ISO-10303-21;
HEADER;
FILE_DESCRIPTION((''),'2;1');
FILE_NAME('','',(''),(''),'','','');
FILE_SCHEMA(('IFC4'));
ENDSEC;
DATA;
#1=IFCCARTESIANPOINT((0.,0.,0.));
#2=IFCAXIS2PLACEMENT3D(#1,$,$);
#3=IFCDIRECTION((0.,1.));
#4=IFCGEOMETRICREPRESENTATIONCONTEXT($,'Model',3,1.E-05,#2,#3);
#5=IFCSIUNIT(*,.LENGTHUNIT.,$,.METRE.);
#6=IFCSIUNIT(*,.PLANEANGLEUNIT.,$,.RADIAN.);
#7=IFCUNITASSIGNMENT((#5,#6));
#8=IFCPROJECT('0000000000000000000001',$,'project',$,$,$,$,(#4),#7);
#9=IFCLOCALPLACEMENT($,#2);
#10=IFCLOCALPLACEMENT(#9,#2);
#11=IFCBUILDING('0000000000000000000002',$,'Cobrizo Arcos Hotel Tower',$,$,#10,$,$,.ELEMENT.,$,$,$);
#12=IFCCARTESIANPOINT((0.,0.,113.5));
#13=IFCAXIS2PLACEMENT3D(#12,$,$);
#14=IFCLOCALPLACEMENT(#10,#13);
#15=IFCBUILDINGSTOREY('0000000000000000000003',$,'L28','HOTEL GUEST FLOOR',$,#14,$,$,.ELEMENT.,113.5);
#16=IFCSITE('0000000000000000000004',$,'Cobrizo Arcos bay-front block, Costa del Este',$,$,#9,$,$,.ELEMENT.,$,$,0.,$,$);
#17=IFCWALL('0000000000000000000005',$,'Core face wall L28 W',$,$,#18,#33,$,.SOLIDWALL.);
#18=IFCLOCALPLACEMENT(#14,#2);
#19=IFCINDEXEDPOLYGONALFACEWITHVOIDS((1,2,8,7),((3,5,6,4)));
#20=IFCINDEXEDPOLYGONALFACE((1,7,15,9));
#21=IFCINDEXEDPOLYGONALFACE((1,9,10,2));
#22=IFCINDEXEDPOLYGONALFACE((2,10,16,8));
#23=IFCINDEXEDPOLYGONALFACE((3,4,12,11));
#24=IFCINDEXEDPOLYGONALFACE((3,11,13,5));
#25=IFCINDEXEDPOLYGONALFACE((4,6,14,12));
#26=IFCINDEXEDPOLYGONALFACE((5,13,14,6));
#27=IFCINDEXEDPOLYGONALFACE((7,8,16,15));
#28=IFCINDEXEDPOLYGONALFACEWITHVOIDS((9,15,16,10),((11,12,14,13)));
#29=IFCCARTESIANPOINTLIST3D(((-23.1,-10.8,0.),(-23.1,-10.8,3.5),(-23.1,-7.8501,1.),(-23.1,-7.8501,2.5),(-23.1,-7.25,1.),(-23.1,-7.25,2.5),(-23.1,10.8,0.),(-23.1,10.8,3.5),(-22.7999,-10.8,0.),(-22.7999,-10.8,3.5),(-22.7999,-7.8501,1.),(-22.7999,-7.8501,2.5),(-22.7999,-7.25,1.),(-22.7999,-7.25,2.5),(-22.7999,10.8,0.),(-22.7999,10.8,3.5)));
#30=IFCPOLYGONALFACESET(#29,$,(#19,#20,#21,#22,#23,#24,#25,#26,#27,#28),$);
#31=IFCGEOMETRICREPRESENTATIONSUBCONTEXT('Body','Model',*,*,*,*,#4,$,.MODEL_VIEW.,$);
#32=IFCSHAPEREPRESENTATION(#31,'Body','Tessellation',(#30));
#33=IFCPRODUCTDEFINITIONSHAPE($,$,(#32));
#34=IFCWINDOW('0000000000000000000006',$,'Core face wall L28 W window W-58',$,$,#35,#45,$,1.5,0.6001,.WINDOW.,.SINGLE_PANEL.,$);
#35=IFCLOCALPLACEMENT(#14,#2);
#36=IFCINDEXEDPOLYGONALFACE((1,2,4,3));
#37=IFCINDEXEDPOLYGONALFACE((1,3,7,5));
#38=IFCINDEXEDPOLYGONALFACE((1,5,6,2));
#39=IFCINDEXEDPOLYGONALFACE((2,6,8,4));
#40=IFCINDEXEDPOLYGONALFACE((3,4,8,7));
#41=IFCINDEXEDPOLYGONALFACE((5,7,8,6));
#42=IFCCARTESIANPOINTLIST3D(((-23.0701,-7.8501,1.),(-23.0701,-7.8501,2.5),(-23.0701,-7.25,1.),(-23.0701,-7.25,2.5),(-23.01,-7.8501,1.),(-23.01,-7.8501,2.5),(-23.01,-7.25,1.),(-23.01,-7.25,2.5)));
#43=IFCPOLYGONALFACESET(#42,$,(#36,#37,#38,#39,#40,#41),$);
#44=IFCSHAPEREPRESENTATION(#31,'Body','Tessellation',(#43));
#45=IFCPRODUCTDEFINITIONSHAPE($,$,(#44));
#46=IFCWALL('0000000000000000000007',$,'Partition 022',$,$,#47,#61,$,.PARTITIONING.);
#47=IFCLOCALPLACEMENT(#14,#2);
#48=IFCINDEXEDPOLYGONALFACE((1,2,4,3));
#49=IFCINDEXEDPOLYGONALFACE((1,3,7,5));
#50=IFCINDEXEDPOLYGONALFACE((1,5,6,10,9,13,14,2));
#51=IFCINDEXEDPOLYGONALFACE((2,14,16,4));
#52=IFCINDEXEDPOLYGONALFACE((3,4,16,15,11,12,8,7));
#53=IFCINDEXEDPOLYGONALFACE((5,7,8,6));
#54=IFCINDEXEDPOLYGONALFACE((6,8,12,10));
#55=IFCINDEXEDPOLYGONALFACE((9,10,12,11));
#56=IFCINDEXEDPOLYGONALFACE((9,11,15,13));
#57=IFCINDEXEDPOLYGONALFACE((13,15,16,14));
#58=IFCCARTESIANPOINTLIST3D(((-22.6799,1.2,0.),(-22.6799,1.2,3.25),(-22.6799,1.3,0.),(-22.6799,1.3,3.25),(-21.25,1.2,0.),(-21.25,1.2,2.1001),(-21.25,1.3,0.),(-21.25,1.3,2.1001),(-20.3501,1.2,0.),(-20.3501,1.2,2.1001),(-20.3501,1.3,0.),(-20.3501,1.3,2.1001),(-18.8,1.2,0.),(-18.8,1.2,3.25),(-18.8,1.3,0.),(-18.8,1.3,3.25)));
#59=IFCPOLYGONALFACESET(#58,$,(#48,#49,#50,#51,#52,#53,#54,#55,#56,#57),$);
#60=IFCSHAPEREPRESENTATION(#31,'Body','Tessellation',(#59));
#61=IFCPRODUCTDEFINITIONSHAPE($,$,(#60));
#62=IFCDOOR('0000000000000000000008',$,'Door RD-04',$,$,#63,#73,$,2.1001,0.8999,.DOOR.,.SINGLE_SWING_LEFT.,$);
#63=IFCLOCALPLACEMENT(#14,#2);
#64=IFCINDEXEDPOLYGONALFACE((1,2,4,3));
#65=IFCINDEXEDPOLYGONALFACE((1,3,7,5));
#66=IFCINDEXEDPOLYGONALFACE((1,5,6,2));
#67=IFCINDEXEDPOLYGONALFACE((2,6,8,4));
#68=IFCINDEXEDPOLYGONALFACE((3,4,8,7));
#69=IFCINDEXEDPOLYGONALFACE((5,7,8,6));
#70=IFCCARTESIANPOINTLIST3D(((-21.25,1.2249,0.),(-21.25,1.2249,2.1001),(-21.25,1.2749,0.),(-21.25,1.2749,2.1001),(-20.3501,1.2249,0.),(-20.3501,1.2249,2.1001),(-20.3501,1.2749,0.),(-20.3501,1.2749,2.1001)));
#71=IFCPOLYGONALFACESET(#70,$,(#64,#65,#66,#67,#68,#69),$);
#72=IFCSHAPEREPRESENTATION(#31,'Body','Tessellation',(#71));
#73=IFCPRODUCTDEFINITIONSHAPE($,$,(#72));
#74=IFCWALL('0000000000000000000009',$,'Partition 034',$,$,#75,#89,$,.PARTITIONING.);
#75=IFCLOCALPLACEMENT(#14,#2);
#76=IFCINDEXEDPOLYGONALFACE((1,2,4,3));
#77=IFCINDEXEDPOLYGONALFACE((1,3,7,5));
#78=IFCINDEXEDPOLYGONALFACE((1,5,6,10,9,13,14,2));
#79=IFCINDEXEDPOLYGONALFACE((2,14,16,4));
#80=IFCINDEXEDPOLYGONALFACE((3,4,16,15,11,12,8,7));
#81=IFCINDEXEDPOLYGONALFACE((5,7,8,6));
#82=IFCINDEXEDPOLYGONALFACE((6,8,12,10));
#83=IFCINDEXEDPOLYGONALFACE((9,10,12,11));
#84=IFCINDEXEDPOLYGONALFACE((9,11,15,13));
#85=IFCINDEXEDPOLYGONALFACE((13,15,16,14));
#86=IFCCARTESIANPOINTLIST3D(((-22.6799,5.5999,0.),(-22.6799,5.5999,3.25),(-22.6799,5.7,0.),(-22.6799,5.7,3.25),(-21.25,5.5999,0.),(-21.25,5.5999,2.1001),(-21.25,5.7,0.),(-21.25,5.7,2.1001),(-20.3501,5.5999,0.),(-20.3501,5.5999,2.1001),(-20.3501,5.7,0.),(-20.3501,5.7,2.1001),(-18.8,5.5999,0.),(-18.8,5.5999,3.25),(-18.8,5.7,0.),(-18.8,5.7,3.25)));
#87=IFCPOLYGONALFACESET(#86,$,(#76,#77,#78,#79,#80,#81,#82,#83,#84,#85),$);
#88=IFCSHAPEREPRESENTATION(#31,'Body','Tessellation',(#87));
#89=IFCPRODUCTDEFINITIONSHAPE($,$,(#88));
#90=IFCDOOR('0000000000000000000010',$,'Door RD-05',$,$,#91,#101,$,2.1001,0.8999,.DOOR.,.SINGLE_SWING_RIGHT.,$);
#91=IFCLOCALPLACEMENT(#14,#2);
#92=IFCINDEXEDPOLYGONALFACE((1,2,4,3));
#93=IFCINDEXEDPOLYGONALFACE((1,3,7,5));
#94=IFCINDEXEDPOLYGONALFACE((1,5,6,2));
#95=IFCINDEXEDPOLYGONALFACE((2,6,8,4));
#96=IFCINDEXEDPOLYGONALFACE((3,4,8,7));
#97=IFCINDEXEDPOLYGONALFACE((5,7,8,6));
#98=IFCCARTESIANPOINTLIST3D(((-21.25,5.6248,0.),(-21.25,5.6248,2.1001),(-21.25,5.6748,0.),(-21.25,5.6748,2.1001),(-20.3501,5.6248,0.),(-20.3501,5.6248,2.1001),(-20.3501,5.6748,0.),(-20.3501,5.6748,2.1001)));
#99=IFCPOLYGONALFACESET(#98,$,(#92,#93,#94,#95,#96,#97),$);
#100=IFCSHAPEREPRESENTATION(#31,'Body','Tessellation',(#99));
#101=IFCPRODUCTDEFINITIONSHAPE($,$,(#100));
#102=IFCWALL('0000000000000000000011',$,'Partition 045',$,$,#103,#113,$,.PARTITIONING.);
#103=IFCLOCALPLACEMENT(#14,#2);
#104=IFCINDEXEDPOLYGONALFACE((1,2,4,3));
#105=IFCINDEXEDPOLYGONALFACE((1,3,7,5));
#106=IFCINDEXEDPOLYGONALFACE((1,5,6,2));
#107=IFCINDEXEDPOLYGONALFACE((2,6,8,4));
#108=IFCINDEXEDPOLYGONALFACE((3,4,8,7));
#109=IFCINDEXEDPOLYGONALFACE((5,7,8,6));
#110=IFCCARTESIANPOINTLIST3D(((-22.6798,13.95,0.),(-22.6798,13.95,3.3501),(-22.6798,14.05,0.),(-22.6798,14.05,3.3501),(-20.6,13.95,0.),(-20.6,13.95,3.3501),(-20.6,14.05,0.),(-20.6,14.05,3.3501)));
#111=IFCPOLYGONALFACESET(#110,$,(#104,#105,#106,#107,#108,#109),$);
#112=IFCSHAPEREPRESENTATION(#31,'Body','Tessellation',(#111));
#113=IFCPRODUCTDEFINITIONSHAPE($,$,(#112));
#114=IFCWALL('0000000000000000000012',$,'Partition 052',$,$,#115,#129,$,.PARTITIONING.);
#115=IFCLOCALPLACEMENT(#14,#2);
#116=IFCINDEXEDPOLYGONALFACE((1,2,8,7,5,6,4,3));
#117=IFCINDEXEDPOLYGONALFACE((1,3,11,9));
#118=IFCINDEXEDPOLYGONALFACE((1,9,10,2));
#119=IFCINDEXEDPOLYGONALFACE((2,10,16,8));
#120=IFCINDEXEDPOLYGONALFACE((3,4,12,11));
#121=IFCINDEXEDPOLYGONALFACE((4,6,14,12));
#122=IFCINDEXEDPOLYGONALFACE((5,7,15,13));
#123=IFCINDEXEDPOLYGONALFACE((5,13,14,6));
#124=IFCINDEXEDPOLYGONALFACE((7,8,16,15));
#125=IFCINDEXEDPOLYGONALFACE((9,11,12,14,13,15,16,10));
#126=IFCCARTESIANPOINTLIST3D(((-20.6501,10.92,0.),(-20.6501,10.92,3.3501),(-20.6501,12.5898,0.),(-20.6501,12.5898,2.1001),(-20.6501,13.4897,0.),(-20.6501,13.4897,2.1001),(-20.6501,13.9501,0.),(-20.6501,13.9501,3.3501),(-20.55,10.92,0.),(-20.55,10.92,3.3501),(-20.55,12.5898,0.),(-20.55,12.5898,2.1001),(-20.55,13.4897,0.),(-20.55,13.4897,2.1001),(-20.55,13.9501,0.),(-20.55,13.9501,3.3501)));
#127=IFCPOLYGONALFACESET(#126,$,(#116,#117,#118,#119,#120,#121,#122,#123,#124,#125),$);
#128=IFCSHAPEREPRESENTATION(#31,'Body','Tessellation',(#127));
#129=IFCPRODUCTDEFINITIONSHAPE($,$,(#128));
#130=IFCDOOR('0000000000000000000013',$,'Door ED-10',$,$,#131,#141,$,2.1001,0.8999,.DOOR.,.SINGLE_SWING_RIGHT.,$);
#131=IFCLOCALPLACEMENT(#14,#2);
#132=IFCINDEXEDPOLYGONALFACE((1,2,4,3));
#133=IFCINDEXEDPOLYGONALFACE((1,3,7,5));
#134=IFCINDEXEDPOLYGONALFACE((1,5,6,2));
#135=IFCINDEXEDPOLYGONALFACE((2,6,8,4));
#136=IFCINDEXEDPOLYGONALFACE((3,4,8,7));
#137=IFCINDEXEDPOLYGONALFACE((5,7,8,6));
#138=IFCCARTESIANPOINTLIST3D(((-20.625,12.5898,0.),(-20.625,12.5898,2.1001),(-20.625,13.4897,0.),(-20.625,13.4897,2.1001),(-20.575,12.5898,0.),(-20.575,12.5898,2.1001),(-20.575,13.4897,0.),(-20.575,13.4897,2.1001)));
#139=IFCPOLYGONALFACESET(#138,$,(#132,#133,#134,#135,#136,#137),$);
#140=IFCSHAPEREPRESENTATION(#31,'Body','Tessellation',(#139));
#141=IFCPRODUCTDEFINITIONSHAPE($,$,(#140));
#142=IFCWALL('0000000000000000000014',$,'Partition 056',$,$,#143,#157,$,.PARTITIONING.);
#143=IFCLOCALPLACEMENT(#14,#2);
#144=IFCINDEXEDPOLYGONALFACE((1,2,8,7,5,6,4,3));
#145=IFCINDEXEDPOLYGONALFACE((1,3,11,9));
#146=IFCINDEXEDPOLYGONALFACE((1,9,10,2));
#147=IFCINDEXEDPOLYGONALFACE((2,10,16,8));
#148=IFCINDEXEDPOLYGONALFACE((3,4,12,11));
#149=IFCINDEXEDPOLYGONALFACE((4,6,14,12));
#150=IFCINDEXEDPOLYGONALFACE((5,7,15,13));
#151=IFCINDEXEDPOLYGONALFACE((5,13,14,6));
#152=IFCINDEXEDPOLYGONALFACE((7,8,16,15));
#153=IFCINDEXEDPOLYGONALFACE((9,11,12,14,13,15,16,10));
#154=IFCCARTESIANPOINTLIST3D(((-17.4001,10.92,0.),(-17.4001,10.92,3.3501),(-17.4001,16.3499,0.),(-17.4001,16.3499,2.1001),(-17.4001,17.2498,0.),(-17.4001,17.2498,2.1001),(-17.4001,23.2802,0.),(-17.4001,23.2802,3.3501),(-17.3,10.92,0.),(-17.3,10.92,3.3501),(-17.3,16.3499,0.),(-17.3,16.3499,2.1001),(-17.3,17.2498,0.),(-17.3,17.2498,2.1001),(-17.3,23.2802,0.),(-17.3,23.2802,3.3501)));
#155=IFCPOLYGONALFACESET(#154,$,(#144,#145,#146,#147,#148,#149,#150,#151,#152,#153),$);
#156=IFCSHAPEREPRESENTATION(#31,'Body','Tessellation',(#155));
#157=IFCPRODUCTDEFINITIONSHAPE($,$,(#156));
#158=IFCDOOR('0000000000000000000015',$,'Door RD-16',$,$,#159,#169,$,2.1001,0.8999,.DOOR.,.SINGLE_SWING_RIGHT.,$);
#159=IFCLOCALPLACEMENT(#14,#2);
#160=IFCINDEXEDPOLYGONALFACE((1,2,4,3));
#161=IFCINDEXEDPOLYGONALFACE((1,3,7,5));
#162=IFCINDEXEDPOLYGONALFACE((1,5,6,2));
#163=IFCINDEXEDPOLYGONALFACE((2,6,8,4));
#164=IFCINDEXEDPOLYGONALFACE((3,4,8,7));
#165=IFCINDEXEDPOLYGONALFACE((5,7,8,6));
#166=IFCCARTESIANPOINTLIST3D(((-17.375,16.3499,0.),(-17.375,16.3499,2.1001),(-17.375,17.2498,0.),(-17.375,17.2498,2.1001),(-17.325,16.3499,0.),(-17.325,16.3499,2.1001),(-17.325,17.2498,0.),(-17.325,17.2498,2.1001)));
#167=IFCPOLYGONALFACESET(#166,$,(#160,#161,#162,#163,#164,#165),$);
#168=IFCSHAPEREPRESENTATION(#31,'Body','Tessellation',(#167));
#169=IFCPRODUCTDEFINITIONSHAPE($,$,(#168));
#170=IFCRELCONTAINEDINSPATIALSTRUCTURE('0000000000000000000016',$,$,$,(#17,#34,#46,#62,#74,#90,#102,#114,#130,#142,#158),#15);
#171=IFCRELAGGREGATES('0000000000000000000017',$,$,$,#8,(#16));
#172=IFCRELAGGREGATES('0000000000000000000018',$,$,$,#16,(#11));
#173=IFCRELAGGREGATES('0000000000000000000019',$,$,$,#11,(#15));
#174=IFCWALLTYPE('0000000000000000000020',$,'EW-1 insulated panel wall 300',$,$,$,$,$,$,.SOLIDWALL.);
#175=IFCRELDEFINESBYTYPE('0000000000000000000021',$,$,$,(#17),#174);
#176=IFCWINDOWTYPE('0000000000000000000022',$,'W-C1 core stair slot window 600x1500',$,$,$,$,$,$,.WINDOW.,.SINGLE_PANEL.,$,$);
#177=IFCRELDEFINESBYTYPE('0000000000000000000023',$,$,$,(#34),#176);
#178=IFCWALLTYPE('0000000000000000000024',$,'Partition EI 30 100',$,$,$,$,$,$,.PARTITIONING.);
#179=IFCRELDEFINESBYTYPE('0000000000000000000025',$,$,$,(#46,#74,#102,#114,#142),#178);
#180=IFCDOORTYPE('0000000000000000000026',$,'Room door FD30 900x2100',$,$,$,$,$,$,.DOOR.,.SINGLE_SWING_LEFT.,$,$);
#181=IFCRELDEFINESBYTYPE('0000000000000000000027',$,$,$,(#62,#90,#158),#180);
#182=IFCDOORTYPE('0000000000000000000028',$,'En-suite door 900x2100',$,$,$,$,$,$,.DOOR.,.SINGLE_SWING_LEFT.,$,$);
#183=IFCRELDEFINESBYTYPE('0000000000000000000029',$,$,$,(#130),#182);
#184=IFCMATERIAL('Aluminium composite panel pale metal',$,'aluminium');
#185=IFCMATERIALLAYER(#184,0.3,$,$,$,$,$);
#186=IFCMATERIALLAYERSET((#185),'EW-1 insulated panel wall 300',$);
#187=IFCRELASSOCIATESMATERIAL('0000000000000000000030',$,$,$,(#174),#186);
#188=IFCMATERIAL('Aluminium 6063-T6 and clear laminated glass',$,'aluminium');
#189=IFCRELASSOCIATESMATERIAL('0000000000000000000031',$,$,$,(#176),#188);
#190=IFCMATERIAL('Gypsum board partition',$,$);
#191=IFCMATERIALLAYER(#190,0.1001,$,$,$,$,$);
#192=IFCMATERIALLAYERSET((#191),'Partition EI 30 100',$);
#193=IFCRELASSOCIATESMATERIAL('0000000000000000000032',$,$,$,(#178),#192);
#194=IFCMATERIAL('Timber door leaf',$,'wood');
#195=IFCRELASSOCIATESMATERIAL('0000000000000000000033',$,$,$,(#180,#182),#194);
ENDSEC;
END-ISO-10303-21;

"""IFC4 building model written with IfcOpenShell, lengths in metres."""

from ifc_helpers import new_model, si_unit, direction, frame, frame_2d, origin, place, context, subcontext, project, spatial, rectangle, extrude, material, layer, layer_set, type_object, element, fill, save


model = new_model("IFC4")

# Units and contexts
model_context = context("Model", 3, precision=1e-05, world=origin(), true_north=direction((0.0, 1.0)))
body_context = subcontext(model_context, "Body", "Model", "MODEL_VIEW")
ifc_project = project(units=[si_unit("LENGTHUNIT", "METRE"), si_unit("PLANEANGLEUNIT", "RADIAN")], contexts=[model_context])

# Site, building, storey
site_placement = place(None, origin())
site = spatial("IfcSite", under=ifc_project, at=site_placement, Name="Cobrizo Arcos bay-front block, Costa del Este", CompositionType="ELEMENT", RefElevation=0.0)
building_placement = place(site_placement, origin())
building = spatial("IfcBuilding", under=site, at=building_placement, Name="Cobrizo Arcos Hotel Tower", CompositionType="ELEMENT")
storey_placement = place(building_placement, frame((0.0, 0.0, 113.5)))
storey = spatial("IfcBuildingStorey", under=building, at=storey_placement, Name="L28", Description="HOTEL GUEST FLOOR", CompositionType="ELEMENT", Elevation=113.5)

# Shared definitions
ifc_material_1 = material(Name="Aluminium composite panel pale metal", Category="aluminium")

# Wall, opening, window
ifc_layer_1 = layer(ifc_material_1, 0.3)
ifc_layer_set_1 = layer_set([ifc_layer_1], Name="EW-1 insulated panel wall 300")
wall_type_1 = type_object("IfcWallType", Name="EW-1 insulated panel wall 300", PredefinedType="SOLIDWALL", material=ifc_layer_set_1)
wall_1_placement = place(storey_placement, frame((-22.95, 10.8, 0.0), z_axis=(0.0, 0.0, 1.0), x_axis=(0.0, -1.0, 0.0)))
wall_1 = element("IfcWall", 1, at=wall_1_placement, inside=storey, type_object=wall_type_1, Name="Core face wall L28 W", PredefinedType="SOLIDWALL", context=body_context, shape_type="SweptSolid", body=[
    extrude(rectangle(XDim=21.6001, YDim=0.3, at=frame_2d((10.8, 0.0))), origin(), (0.0, 0.0, 1.0), 3.5),
])
opening_1_placement = place(wall_1_placement, frame((18.05, 0.0, 1.0)))
opening_1 = element("IfcOpeningElement", 2, at=opening_1_placement, cuts=wall_1, PredefinedType="OPENING", context=body_context, shape_type="SweptSolid", body=[
    extrude(rectangle(XDim=0.6001, YDim=1.5, at=frame_2d((0.3, 0.75))), frame((0.0, 0.1621, 0.0), z_axis=(0.0, -1.0, 0.0), x_axis=(1.0, 0.0, 0.0)), (0.0, 0.0, 1.0), 0.324),
])
ifc_material_2 = material(Name="Aluminium 6063-T6 and clear laminated glass", Category="aluminium")
window_type = type_object("IfcWindowType", Name="W-C1 core stair slot window 600x1500", PartitioningType="SINGLE_PANEL", PredefinedType="WINDOW", material=ifc_material_2)
window_placement = place(opening_1_placement, origin())
window = element("IfcWindow", 3, at=window_placement, inside=storey, type_object=window_type, Name="Core face wall L28 W window W-58", OverallHeight=1.5, OverallWidth=0.6001, PartitioningType="SINGLE_PANEL", PredefinedType="WINDOW", context=body_context, shape_type="SweptSolid", body=[
    extrude(rectangle(XDim=0.6001, YDim=1.5, at=frame_2d((0.3, 0.75))), frame((0.0, -0.0601, 0.0), z_axis=(0.0, -1.0, 0.0), x_axis=(1.0, 0.0, 0.0)), (0.0, 0.0, 1.0), 0.0601),
])
fill(opening_1, window)

# Walls, openings, doors
ifc_material_3 = material(Name="Gypsum board partition")
ifc_layer_2 = layer(ifc_material_3, 0.1001)
ifc_layer_set_2 = layer_set([ifc_layer_2], Name="Partition EI 30 100")
wall_type_2 = type_object("IfcWallType", Name="Partition EI 30 100", PredefinedType="PARTITIONING", material=ifc_layer_set_2)
wall_2_placement = place(storey_placement, frame((-22.6799, 1.25, 0.0), z_axis=(0.0, 0.0, 1.0), x_axis=(1.0, 0.0, 0.0)))
wall_2 = element("IfcWall", 4, at=wall_2_placement, inside=storey, type_object=wall_type_2, Name="Partition 022", PredefinedType="PARTITIONING", context=body_context, shape_type="SweptSolid", body=[
    extrude(rectangle(XDim=3.8799, YDim=0.1001, at=frame_2d((1.9399, 0.0))), origin(), (0.0, 0.0, 1.0), 3.25),
])
opening_2_placement = place(wall_2_placement, frame((1.4299, 0.0, 0.0)))
opening_2 = element("IfcOpeningElement", 5, at=opening_2_placement, cuts=wall_2, PredefinedType="OPENING", context=body_context, shape_type="SweptSolid", body=[
    extrude(rectangle(XDim=0.8999, YDim=2.1001, at=frame_2d((0.45, 1.05))), frame((0.0, 0.062, 0.0), z_axis=(0.0, -1.0, 0.0), x_axis=(1.0, 0.0, 0.0)), (0.0, 0.0, 1.0), 0.124),
])
ifc_material_4 = material(Name="Timber door leaf", Category="wood")
door_type_1 = type_object("IfcDoorType", Name="Room door FD30 900x2100", OperationType="SINGLE_SWING_LEFT", PredefinedType="DOOR", material=ifc_material_4)
door_1_placement = place(opening_2_placement, origin())
door_1 = element("IfcDoor", 6, at=door_1_placement, inside=storey, type_object=door_type_1, Name="Door RD-04", OperationType="SINGLE_SWING_LEFT", OverallHeight=2.1001, OverallWidth=0.8999, PredefinedType="DOOR", context=body_context, shape_type="SweptSolid", body=[
    extrude(rectangle(XDim=0.8999, YDim=2.1001, at=frame_2d((0.45, 1.05))), frame((0.0, 0.0249, 0.0), z_axis=(0.0, -1.0, 0.0), x_axis=(1.0, 0.0, 0.0)), (0.0, 0.0, 1.0), 0.05),
])
fill(opening_2, door_1)
wall_3_placement = place(storey_placement, frame((-22.6799, 5.6499, 0.0), z_axis=(0.0, 0.0, 1.0), x_axis=(1.0, 0.0, 0.0)))
wall_3 = element("IfcWall", 7, at=wall_3_placement, inside=storey, type_object=wall_type_2, Name="Partition 034", PredefinedType="PARTITIONING", context=body_context, shape_type="SweptSolid", body=[
    extrude(rectangle(XDim=3.8799, YDim=0.1001, at=frame_2d((1.9399, 0.0))), origin(), (0.0, 0.0, 1.0), 3.25),
])
opening_3_placement = place(wall_3_placement, frame((1.4299, 0.0, 0.0)))
opening_3 = element("IfcOpeningElement", 8, at=opening_3_placement, cuts=wall_3, PredefinedType="OPENING", context=body_context, shape_type="SweptSolid", body=[
    extrude(rectangle(XDim=0.8999, YDim=2.1001, at=frame_2d((0.45, 1.05))), frame((0.0, 0.062, 0.0), z_axis=(0.0, -1.0, 0.0), x_axis=(1.0, 0.0, 0.0)), (0.0, 0.0, 1.0), 0.124),
])
door_2_placement = place(opening_3_placement, origin())
door_2 = element("IfcDoor", 9, at=door_2_placement, inside=storey, type_object=door_type_1, Name="Door RD-05", OperationType="SINGLE_SWING_RIGHT", OverallHeight=2.1001, OverallWidth=0.8999, PredefinedType="DOOR", context=body_context, shape_type="SweptSolid", body=[
    extrude(rectangle(XDim=0.8999, YDim=2.1001, at=frame_2d((0.45, 1.05))), frame((0.0, 0.0249, 0.0), z_axis=(0.0, -1.0, 0.0), x_axis=(1.0, 0.0, 0.0)), (0.0, 0.0, 1.0), 0.05),
])
fill(opening_3, door_2)

# Wall
wall_4_placement = place(storey_placement, frame((-22.6799, 14.0, 0.0), z_axis=(0.0, 0.0, 1.0), x_axis=(1.0, 0.0, 0.0)))
element("IfcWall", 10, at=wall_4_placement, inside=storey, type_object=wall_type_2, Name="Partition 045", PredefinedType="PARTITIONING", context=body_context, shape_type="SweptSolid", body=[
    extrude(rectangle(XDim=2.0798, YDim=0.1001, at=frame_2d((1.04, 0.0))), origin(), (0.0, 0.0, 1.0), 3.3501),
])

# Walls, openings, doors
wall_5_placement = place(storey_placement, frame((-20.6001, 10.9199, 0.0), z_axis=(0.0, 0.0, 1.0), x_axis=(0.0, 1.0, 0.0)))
wall_5 = element("IfcWall", 11, at=wall_5_placement, inside=storey, type_object=wall_type_2, Name="Partition 052", PredefinedType="PARTITIONING", context=body_context, shape_type="SweptSolid", body=[
    extrude(rectangle(XDim=3.03, YDim=0.1001, at=frame_2d((1.5151, 0.0))), origin(), (0.0, 0.0, 1.0), 3.3501),
])
opening_4_placement = place(wall_5_placement, frame((1.6699, 0.0, 0.0)))
opening_4 = element("IfcOpeningElement", 12, at=opening_4_placement, cuts=wall_5, PredefinedType="OPENING", context=body_context, shape_type="SweptSolid", body=[
    extrude(rectangle(XDim=0.8999, YDim=2.1001, at=frame_2d((0.45, 1.05))), frame((0.0, 0.062, 0.0), z_axis=(0.0, -1.0, 0.0), x_axis=(1.0, 0.0, 0.0)), (0.0, 0.0, 1.0), 0.124),
])
door_type_2 = type_object("IfcDoorType", Name="En-suite door 900x2100", OperationType="SINGLE_SWING_LEFT", PredefinedType="DOOR", material=ifc_material_4)
door_3_placement = place(opening_4_placement, origin())
door_3 = element("IfcDoor", 13, at=door_3_placement, inside=storey, type_object=door_type_2, Name="Door ED-10", OperationType="SINGLE_SWING_RIGHT", OverallHeight=2.1001, OverallWidth=0.8999, PredefinedType="DOOR", context=body_context, shape_type="SweptSolid", body=[
    extrude(rectangle(XDim=0.8999, YDim=2.1001, at=frame_2d((0.45, 1.05))), frame((0.0, 0.0249, 0.0), z_axis=(0.0, -1.0, 0.0), x_axis=(1.0, 0.0, 0.0)), (0.0, 0.0, 1.0), 0.05),
])
fill(opening_4, door_3)
wall_6_placement = place(storey_placement, frame((-17.3501, 10.9199, 0.0), z_axis=(0.0, 0.0, 1.0), x_axis=(0.0, 1.0, 0.0)))
wall_6 = element("IfcWall", 14, at=wall_6_placement, inside=storey, type_object=wall_type_2, Name="Partition 056", PredefinedType="PARTITIONING", context=body_context, shape_type="SweptSolid", body=[
    extrude(rectangle(XDim=12.3601, YDim=0.1001, at=frame_2d((6.1802, 0.0))), origin(), (0.0, 0.0, 1.0), 3.3501),
])
opening_5_placement = place(wall_6_placement, frame((5.4299, 0.0, 0.0)))
opening_5 = element("IfcOpeningElement", 15, at=opening_5_placement, cuts=wall_6, PredefinedType="OPENING", context=body_context, shape_type="SweptSolid", body=[
    extrude(rectangle(XDim=0.8999, YDim=2.1001, at=frame_2d((0.45, 1.05))), frame((0.0, 0.062, 0.0), z_axis=(0.0, -1.0, 0.0), x_axis=(1.0, 0.0, 0.0)), (0.0, 0.0, 1.0), 0.124),
])
door_4_placement = place(opening_5_placement, origin())
door_4 = element("IfcDoor", 16, at=door_4_placement, inside=storey, type_object=door_type_1, Name="Door RD-16", OperationType="SINGLE_SWING_RIGHT", OverallHeight=2.1001, OverallWidth=0.8999, PredefinedType="DOOR", context=body_context, shape_type="SweptSolid", body=[
    extrude(rectangle(XDim=0.8999, YDim=2.1001, at=frame_2d((0.45, 1.05))), frame((0.0, 0.0249, 0.0), z_axis=(0.0, -1.0, 0.0), x_axis=(1.0, 0.0, 0.0)), (0.0, 0.0, 1.0), 0.05),
])
fill(opening_5, door_4)

save(model, "model.ifc")
